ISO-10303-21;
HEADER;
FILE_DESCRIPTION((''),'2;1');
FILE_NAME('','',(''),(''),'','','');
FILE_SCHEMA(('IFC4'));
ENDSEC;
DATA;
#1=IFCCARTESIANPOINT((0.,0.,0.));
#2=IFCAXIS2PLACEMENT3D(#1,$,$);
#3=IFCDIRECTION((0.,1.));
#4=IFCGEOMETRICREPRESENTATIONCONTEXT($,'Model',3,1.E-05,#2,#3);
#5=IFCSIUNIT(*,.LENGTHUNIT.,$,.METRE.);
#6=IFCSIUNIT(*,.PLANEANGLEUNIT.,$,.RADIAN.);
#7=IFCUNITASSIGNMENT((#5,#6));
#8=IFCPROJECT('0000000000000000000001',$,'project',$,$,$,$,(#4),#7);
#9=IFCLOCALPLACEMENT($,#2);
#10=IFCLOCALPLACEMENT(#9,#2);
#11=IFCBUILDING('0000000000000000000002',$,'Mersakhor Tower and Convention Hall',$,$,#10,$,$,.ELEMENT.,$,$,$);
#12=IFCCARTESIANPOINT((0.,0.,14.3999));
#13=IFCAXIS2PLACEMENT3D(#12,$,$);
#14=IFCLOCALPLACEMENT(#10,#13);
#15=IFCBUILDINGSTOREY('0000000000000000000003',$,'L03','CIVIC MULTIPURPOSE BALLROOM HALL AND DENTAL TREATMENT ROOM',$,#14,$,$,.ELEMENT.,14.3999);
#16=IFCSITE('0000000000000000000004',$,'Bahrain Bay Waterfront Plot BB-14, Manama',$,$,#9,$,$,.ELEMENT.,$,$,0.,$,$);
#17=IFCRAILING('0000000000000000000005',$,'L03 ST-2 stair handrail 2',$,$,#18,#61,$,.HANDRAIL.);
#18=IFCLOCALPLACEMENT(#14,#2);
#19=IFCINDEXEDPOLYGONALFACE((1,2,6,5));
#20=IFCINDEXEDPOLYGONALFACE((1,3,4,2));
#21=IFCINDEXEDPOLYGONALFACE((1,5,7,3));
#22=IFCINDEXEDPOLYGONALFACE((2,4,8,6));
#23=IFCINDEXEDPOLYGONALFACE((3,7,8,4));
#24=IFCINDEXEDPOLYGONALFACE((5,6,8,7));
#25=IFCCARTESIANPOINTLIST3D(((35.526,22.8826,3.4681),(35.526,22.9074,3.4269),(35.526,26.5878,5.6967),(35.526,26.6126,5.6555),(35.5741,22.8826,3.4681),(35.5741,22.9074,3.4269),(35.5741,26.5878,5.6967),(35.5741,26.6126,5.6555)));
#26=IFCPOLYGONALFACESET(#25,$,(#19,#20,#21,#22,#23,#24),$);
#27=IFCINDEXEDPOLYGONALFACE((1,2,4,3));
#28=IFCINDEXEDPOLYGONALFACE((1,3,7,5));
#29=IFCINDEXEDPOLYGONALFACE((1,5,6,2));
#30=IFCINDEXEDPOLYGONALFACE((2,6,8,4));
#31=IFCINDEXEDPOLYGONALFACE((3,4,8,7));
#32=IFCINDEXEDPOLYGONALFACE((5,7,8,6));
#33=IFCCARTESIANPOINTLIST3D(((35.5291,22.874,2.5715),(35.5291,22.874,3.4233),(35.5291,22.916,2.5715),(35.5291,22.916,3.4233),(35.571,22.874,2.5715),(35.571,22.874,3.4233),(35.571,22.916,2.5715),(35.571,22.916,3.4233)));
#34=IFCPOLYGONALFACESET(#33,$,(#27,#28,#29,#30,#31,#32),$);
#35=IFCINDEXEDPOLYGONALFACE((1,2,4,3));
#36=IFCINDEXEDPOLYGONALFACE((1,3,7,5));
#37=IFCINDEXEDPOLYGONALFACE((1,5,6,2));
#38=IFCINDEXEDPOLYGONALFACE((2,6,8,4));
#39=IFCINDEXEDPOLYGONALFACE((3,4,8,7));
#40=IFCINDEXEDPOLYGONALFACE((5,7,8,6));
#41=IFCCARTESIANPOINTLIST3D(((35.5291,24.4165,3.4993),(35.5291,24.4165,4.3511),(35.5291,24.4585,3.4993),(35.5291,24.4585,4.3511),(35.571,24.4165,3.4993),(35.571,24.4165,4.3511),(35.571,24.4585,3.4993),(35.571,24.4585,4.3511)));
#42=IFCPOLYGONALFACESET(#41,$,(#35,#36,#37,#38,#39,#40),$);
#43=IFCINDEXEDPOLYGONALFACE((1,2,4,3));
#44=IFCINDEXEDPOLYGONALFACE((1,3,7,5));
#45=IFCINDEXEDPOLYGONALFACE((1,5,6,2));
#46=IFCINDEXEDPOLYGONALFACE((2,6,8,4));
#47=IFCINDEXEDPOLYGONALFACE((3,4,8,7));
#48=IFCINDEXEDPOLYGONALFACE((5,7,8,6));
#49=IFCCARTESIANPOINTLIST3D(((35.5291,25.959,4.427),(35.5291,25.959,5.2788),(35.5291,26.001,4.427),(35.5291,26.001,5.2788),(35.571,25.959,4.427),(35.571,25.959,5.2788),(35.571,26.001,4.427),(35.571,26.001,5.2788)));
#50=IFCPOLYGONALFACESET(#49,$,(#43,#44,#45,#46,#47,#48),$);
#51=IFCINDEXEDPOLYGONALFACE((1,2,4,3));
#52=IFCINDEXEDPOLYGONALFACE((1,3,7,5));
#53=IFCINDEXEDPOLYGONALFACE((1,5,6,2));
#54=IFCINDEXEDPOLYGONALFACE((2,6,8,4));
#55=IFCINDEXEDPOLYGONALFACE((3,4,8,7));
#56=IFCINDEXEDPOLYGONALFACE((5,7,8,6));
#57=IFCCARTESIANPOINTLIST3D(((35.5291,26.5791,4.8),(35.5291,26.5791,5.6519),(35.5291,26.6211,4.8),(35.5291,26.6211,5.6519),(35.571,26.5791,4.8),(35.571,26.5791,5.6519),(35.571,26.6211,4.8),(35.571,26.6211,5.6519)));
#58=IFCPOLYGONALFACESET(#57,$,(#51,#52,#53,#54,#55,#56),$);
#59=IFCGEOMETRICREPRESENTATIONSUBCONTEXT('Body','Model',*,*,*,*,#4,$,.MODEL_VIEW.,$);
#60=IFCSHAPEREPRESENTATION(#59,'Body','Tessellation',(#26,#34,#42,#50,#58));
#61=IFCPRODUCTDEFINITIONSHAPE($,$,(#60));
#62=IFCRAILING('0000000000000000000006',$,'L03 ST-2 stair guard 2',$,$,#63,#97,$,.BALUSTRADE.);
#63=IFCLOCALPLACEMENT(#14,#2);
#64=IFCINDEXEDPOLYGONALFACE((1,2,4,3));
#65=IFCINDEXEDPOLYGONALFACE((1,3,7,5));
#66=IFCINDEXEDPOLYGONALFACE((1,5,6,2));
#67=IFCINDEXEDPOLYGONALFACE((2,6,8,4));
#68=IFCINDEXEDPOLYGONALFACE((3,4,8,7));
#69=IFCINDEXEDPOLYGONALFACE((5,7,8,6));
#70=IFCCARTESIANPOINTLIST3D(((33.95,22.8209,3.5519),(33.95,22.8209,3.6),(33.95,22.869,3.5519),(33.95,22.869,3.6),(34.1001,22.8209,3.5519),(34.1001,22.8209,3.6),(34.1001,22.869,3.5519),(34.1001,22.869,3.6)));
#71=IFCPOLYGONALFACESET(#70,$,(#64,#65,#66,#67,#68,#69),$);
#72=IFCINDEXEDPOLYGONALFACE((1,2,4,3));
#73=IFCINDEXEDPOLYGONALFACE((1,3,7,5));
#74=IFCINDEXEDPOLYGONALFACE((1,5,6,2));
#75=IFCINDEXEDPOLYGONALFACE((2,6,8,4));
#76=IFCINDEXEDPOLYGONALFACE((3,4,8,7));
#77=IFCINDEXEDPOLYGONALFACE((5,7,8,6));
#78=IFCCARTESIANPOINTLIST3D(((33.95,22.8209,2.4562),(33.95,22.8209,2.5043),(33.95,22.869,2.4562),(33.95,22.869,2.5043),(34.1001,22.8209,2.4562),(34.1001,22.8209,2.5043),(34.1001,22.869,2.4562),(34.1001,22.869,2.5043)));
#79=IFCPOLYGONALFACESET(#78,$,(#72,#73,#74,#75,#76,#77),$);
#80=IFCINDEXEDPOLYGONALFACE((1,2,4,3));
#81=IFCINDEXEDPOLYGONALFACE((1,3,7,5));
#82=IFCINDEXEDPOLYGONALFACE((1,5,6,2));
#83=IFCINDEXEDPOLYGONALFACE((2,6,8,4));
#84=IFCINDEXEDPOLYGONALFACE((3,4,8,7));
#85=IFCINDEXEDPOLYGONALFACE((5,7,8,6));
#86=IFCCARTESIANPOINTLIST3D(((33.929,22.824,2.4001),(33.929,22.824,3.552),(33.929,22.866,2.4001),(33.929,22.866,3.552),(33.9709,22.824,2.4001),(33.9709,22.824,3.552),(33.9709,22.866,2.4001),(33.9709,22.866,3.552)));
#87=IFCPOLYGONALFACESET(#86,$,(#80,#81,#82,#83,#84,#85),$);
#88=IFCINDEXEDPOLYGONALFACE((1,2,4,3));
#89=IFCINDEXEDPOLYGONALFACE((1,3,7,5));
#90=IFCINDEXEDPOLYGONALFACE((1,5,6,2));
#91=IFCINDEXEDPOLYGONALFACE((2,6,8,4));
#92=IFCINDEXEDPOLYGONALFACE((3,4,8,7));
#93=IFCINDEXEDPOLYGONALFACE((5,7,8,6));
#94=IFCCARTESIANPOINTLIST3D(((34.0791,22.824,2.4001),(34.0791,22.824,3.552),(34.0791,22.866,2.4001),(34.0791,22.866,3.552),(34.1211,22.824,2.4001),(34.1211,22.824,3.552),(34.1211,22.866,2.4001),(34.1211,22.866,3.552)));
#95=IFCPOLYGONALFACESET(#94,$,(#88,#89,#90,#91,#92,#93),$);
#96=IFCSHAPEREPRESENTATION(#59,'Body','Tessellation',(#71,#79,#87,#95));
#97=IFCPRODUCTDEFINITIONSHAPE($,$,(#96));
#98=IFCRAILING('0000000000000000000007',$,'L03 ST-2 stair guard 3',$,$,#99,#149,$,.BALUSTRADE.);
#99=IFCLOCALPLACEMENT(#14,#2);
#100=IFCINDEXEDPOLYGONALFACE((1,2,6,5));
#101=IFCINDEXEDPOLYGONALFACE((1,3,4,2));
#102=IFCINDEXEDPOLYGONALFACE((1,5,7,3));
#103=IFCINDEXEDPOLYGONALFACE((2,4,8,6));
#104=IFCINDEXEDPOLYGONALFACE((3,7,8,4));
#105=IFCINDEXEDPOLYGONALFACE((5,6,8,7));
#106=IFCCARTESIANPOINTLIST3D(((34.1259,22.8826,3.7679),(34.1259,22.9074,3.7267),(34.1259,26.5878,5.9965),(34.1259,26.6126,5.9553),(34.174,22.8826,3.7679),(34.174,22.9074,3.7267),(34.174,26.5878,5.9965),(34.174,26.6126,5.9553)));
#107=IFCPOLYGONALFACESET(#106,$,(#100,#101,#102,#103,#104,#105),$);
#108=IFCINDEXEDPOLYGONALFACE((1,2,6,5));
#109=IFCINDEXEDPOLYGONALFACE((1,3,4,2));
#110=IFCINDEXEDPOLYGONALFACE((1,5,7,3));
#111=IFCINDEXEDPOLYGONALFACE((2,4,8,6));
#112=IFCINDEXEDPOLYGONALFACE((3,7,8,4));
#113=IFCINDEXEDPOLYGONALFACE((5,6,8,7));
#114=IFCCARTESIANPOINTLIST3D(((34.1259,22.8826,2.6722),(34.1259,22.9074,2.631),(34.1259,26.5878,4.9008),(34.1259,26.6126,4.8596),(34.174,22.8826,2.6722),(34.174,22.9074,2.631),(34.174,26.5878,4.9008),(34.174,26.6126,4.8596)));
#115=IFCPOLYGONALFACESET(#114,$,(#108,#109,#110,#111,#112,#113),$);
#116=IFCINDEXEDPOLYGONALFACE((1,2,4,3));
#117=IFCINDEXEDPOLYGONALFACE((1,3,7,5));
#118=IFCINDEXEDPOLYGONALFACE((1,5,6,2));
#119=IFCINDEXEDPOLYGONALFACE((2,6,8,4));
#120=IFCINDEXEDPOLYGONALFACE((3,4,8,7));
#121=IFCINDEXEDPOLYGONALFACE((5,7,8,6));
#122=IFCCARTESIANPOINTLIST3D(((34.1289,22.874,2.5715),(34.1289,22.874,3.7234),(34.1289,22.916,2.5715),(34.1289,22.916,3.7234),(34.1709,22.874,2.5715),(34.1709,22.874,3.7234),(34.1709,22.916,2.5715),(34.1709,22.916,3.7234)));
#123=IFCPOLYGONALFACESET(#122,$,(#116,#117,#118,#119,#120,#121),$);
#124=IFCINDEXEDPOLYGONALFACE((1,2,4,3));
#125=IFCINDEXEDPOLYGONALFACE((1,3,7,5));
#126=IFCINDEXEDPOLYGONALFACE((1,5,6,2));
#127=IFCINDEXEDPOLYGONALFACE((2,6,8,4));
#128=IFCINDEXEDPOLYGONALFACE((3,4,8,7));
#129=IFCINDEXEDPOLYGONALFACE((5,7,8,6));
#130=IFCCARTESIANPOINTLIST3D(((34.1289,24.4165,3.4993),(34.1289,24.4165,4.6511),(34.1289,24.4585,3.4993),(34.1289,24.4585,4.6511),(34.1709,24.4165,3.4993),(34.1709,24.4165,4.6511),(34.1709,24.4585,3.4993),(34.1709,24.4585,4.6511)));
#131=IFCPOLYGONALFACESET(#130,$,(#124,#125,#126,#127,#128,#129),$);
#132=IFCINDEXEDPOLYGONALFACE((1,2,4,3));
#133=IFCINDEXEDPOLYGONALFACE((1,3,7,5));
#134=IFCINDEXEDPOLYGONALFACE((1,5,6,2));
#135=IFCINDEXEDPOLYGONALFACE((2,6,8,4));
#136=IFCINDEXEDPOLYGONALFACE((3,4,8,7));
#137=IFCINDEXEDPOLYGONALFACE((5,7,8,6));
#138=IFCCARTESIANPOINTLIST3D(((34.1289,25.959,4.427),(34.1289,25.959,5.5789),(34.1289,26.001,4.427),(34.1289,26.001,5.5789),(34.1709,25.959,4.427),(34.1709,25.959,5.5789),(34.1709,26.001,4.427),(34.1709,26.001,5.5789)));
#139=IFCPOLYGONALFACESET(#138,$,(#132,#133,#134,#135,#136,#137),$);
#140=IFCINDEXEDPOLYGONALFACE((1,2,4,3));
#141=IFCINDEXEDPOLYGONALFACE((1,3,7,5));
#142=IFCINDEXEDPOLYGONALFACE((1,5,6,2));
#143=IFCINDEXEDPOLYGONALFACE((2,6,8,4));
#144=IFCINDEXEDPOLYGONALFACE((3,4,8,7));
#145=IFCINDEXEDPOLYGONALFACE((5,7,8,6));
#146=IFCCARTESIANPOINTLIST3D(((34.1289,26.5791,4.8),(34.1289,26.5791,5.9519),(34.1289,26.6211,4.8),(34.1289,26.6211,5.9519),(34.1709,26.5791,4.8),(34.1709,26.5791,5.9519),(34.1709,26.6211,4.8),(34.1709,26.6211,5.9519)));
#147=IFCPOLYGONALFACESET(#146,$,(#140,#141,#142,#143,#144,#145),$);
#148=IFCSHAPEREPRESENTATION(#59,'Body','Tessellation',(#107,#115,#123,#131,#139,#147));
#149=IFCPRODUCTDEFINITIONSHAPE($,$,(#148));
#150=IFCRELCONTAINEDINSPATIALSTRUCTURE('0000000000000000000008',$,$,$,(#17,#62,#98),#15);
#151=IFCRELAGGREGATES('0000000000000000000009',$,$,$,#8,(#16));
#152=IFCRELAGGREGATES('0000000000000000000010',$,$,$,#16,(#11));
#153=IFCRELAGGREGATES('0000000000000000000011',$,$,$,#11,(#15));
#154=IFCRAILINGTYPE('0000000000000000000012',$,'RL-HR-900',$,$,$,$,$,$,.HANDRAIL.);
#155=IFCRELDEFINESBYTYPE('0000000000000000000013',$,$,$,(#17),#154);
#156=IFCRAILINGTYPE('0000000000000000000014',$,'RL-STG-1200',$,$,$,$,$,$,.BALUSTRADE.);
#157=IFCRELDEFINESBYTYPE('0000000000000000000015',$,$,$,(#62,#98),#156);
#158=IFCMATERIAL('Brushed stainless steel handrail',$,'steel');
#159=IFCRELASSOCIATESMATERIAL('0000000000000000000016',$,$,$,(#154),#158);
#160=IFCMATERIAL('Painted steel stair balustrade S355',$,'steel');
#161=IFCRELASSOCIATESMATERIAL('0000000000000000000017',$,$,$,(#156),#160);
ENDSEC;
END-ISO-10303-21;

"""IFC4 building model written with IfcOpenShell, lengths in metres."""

from ifc_helpers import new_model, si_unit, direction, frame, origin, origin_2d, place, context, subcontext, project, spatial, rectangle, extrude, material, type_object, element, save


model = new_model("IFC4")

# Units and contexts
model_context = context("Model", 3, precision=1e-05, world=origin(), true_north=direction((0.0, 1.0)))
body_context = subcontext(model_context, "Body", "Model", "MODEL_VIEW")
ifc_project = project(units=[si_unit("LENGTHUNIT", "METRE"), si_unit("PLANEANGLEUNIT", "RADIAN")], contexts=[model_context])

# Site, building, storey
site_placement = place(None, origin())
site = spatial("IfcSite", under=ifc_project, at=site_placement, Name="Bahrain Bay Waterfront Plot BB-14, Manama", CompositionType="ELEMENT", RefElevation=0.0)
building_placement = place(site_placement, origin())
building = spatial("IfcBuilding", under=site, at=building_placement, Name="Mersakhor Tower and Convention Hall", CompositionType="ELEMENT")
storey_placement = place(building_placement, frame((0.0, 0.0, 14.3999)))
storey = spatial("IfcBuildingStorey", under=building, at=storey_placement, Name="L03", Description="CIVIC MULTIPURPOSE BALLROOM HALL AND DENTAL TREATMENT ROOM", CompositionType="ELEMENT", Elevation=14.3999)

# Railings
ifc_material_1 = material(Name="Brushed stainless steel handrail", Category="steel")
railing_type_1 = type_object("IfcRailingType", Name="RL-HR-900", PredefinedType="HANDRAIL", material=ifc_material_1)
railing_1_placement = place(storey_placement, frame((35.55, 22.895, 2.5715)))
element("IfcRailing", 1, at=railing_1_placement, inside=storey, type_object=railing_type_1, Name="L03 ST-2 stair handrail 2", PredefinedType="HANDRAIL", context=body_context, shape_type="SweptSolid", body=[
    extrude(rectangle(XDim=0.0481, YDim=0.0481, at=origin_2d()), frame((0.0, 0.0, 0.876), z_axis=(0.0, 0.856934, 0.515425), x_axis=(-1.0, 0.0, 0.0)), (0.0, 0.0, 1.0), 4.3237),
    extrude(rectangle(XDim=0.042, YDim=0.042, at=origin_2d()), origin(), (0.0, 0.0, 1.0), 0.8518),
    extrude(rectangle(XDim=0.042, YDim=0.042, at=origin_2d()), frame((0.0, 1.5425, 0.9277)), (0.0, 0.0, 1.0), 0.8518),
    extrude(rectangle(XDim=0.042, YDim=0.042, at=origin_2d()), frame((0.0, 3.085, 1.8555)), (0.0, 0.0, 1.0), 0.8518),
    extrude(rectangle(XDim=0.042, YDim=0.042, at=origin_2d()), frame((0.0, 3.7051, 2.2285)), (0.0, 0.0, 1.0), 0.8518),
])
ifc_material_2 = material(Name="Painted steel stair balustrade S355", Category="steel")
railing_type_2 = type_object("IfcRailingType", Name="RL-STG-1200", PredefinedType="BALUSTRADE", material=ifc_material_2)
railing_2_placement = place(storey_placement, frame((33.95, 22.845, 2.4001)))
element("IfcRailing", 2, at=railing_2_placement, inside=storey, type_object=railing_type_2, Name="L03 ST-2 stair guard 2", PredefinedType="BALUSTRADE", context=body_context, shape_type="SweptSolid", body=[
    extrude(rectangle(XDim=0.0481, YDim=0.0481, at=origin_2d()), frame((0.0, 0.0, 1.1758), z_axis=(1.0, 0.0, 0.0), x_axis=(0.0, 1.0, 0.0)), (0.0, 0.0, 1.0), 0.1501),
    extrude(rectangle(XDim=0.0481, YDim=0.0481, at=origin_2d()), frame((0.0, 0.0, 0.0801), z_axis=(1.0, 0.0, 0.0), x_axis=(0.0, 1.0, 0.0)), (0.0, 0.0, 1.0), 0.1501),
    extrude(rectangle(XDim=0.042, YDim=0.042, at=origin_2d()), origin(), (0.0, 0.0, 1.0), 1.1519),
    extrude(rectangle(XDim=0.042, YDim=0.042, at=origin_2d()), frame((0.1501, 0.0, 0.0)), (0.0, 0.0, 1.0), 1.1519),
])
railing_3_placement = place(storey_placement, frame((34.1499, 22.895, 2.5715)))
element("IfcRailing", 3, at=railing_3_placement, inside=storey, type_object=railing_type_2, Name="L03 ST-2 stair guard 3", PredefinedType="BALUSTRADE", context=body_context, shape_type="SweptSolid", body=[
    extrude(rectangle(XDim=0.0481, YDim=0.0481, at=origin_2d()), frame((0.0, 0.0, 1.1758), z_axis=(0.0, 0.856934, 0.515425), x_axis=(-1.0, 0.0, 0.0)), (0.0, 0.0, 1.0), 4.3237),
    extrude(rectangle(XDim=0.0481, YDim=0.0481, at=origin_2d()), frame((0.0, 0.0, 0.0801), z_axis=(0.0, 0.856934, 0.515425), x_axis=(-1.0, 0.0, 0.0)), (0.0, 0.0, 1.0), 4.3237),
    extrude(rectangle(XDim=0.042, YDim=0.042, at=origin_2d()), origin(), (0.0, 0.0, 1.0), 1.1519),
    extrude(rectangle(XDim=0.042, YDim=0.042, at=origin_2d()), frame((0.0, 1.5425, 0.9277)), (0.0, 0.0, 1.0), 1.1519),
    extrude(rectangle(XDim=0.042, YDim=0.042, at=origin_2d()), frame((0.0, 3.085, 1.8555)), (0.0, 0.0, 1.0), 1.1519),
    extrude(rectangle(XDim=0.042, YDim=0.042, at=origin_2d()), frame((0.0, 3.7051, 2.2285)), (0.0, 0.0, 1.0), 1.1519),
])

save(model, "model.ifc")
